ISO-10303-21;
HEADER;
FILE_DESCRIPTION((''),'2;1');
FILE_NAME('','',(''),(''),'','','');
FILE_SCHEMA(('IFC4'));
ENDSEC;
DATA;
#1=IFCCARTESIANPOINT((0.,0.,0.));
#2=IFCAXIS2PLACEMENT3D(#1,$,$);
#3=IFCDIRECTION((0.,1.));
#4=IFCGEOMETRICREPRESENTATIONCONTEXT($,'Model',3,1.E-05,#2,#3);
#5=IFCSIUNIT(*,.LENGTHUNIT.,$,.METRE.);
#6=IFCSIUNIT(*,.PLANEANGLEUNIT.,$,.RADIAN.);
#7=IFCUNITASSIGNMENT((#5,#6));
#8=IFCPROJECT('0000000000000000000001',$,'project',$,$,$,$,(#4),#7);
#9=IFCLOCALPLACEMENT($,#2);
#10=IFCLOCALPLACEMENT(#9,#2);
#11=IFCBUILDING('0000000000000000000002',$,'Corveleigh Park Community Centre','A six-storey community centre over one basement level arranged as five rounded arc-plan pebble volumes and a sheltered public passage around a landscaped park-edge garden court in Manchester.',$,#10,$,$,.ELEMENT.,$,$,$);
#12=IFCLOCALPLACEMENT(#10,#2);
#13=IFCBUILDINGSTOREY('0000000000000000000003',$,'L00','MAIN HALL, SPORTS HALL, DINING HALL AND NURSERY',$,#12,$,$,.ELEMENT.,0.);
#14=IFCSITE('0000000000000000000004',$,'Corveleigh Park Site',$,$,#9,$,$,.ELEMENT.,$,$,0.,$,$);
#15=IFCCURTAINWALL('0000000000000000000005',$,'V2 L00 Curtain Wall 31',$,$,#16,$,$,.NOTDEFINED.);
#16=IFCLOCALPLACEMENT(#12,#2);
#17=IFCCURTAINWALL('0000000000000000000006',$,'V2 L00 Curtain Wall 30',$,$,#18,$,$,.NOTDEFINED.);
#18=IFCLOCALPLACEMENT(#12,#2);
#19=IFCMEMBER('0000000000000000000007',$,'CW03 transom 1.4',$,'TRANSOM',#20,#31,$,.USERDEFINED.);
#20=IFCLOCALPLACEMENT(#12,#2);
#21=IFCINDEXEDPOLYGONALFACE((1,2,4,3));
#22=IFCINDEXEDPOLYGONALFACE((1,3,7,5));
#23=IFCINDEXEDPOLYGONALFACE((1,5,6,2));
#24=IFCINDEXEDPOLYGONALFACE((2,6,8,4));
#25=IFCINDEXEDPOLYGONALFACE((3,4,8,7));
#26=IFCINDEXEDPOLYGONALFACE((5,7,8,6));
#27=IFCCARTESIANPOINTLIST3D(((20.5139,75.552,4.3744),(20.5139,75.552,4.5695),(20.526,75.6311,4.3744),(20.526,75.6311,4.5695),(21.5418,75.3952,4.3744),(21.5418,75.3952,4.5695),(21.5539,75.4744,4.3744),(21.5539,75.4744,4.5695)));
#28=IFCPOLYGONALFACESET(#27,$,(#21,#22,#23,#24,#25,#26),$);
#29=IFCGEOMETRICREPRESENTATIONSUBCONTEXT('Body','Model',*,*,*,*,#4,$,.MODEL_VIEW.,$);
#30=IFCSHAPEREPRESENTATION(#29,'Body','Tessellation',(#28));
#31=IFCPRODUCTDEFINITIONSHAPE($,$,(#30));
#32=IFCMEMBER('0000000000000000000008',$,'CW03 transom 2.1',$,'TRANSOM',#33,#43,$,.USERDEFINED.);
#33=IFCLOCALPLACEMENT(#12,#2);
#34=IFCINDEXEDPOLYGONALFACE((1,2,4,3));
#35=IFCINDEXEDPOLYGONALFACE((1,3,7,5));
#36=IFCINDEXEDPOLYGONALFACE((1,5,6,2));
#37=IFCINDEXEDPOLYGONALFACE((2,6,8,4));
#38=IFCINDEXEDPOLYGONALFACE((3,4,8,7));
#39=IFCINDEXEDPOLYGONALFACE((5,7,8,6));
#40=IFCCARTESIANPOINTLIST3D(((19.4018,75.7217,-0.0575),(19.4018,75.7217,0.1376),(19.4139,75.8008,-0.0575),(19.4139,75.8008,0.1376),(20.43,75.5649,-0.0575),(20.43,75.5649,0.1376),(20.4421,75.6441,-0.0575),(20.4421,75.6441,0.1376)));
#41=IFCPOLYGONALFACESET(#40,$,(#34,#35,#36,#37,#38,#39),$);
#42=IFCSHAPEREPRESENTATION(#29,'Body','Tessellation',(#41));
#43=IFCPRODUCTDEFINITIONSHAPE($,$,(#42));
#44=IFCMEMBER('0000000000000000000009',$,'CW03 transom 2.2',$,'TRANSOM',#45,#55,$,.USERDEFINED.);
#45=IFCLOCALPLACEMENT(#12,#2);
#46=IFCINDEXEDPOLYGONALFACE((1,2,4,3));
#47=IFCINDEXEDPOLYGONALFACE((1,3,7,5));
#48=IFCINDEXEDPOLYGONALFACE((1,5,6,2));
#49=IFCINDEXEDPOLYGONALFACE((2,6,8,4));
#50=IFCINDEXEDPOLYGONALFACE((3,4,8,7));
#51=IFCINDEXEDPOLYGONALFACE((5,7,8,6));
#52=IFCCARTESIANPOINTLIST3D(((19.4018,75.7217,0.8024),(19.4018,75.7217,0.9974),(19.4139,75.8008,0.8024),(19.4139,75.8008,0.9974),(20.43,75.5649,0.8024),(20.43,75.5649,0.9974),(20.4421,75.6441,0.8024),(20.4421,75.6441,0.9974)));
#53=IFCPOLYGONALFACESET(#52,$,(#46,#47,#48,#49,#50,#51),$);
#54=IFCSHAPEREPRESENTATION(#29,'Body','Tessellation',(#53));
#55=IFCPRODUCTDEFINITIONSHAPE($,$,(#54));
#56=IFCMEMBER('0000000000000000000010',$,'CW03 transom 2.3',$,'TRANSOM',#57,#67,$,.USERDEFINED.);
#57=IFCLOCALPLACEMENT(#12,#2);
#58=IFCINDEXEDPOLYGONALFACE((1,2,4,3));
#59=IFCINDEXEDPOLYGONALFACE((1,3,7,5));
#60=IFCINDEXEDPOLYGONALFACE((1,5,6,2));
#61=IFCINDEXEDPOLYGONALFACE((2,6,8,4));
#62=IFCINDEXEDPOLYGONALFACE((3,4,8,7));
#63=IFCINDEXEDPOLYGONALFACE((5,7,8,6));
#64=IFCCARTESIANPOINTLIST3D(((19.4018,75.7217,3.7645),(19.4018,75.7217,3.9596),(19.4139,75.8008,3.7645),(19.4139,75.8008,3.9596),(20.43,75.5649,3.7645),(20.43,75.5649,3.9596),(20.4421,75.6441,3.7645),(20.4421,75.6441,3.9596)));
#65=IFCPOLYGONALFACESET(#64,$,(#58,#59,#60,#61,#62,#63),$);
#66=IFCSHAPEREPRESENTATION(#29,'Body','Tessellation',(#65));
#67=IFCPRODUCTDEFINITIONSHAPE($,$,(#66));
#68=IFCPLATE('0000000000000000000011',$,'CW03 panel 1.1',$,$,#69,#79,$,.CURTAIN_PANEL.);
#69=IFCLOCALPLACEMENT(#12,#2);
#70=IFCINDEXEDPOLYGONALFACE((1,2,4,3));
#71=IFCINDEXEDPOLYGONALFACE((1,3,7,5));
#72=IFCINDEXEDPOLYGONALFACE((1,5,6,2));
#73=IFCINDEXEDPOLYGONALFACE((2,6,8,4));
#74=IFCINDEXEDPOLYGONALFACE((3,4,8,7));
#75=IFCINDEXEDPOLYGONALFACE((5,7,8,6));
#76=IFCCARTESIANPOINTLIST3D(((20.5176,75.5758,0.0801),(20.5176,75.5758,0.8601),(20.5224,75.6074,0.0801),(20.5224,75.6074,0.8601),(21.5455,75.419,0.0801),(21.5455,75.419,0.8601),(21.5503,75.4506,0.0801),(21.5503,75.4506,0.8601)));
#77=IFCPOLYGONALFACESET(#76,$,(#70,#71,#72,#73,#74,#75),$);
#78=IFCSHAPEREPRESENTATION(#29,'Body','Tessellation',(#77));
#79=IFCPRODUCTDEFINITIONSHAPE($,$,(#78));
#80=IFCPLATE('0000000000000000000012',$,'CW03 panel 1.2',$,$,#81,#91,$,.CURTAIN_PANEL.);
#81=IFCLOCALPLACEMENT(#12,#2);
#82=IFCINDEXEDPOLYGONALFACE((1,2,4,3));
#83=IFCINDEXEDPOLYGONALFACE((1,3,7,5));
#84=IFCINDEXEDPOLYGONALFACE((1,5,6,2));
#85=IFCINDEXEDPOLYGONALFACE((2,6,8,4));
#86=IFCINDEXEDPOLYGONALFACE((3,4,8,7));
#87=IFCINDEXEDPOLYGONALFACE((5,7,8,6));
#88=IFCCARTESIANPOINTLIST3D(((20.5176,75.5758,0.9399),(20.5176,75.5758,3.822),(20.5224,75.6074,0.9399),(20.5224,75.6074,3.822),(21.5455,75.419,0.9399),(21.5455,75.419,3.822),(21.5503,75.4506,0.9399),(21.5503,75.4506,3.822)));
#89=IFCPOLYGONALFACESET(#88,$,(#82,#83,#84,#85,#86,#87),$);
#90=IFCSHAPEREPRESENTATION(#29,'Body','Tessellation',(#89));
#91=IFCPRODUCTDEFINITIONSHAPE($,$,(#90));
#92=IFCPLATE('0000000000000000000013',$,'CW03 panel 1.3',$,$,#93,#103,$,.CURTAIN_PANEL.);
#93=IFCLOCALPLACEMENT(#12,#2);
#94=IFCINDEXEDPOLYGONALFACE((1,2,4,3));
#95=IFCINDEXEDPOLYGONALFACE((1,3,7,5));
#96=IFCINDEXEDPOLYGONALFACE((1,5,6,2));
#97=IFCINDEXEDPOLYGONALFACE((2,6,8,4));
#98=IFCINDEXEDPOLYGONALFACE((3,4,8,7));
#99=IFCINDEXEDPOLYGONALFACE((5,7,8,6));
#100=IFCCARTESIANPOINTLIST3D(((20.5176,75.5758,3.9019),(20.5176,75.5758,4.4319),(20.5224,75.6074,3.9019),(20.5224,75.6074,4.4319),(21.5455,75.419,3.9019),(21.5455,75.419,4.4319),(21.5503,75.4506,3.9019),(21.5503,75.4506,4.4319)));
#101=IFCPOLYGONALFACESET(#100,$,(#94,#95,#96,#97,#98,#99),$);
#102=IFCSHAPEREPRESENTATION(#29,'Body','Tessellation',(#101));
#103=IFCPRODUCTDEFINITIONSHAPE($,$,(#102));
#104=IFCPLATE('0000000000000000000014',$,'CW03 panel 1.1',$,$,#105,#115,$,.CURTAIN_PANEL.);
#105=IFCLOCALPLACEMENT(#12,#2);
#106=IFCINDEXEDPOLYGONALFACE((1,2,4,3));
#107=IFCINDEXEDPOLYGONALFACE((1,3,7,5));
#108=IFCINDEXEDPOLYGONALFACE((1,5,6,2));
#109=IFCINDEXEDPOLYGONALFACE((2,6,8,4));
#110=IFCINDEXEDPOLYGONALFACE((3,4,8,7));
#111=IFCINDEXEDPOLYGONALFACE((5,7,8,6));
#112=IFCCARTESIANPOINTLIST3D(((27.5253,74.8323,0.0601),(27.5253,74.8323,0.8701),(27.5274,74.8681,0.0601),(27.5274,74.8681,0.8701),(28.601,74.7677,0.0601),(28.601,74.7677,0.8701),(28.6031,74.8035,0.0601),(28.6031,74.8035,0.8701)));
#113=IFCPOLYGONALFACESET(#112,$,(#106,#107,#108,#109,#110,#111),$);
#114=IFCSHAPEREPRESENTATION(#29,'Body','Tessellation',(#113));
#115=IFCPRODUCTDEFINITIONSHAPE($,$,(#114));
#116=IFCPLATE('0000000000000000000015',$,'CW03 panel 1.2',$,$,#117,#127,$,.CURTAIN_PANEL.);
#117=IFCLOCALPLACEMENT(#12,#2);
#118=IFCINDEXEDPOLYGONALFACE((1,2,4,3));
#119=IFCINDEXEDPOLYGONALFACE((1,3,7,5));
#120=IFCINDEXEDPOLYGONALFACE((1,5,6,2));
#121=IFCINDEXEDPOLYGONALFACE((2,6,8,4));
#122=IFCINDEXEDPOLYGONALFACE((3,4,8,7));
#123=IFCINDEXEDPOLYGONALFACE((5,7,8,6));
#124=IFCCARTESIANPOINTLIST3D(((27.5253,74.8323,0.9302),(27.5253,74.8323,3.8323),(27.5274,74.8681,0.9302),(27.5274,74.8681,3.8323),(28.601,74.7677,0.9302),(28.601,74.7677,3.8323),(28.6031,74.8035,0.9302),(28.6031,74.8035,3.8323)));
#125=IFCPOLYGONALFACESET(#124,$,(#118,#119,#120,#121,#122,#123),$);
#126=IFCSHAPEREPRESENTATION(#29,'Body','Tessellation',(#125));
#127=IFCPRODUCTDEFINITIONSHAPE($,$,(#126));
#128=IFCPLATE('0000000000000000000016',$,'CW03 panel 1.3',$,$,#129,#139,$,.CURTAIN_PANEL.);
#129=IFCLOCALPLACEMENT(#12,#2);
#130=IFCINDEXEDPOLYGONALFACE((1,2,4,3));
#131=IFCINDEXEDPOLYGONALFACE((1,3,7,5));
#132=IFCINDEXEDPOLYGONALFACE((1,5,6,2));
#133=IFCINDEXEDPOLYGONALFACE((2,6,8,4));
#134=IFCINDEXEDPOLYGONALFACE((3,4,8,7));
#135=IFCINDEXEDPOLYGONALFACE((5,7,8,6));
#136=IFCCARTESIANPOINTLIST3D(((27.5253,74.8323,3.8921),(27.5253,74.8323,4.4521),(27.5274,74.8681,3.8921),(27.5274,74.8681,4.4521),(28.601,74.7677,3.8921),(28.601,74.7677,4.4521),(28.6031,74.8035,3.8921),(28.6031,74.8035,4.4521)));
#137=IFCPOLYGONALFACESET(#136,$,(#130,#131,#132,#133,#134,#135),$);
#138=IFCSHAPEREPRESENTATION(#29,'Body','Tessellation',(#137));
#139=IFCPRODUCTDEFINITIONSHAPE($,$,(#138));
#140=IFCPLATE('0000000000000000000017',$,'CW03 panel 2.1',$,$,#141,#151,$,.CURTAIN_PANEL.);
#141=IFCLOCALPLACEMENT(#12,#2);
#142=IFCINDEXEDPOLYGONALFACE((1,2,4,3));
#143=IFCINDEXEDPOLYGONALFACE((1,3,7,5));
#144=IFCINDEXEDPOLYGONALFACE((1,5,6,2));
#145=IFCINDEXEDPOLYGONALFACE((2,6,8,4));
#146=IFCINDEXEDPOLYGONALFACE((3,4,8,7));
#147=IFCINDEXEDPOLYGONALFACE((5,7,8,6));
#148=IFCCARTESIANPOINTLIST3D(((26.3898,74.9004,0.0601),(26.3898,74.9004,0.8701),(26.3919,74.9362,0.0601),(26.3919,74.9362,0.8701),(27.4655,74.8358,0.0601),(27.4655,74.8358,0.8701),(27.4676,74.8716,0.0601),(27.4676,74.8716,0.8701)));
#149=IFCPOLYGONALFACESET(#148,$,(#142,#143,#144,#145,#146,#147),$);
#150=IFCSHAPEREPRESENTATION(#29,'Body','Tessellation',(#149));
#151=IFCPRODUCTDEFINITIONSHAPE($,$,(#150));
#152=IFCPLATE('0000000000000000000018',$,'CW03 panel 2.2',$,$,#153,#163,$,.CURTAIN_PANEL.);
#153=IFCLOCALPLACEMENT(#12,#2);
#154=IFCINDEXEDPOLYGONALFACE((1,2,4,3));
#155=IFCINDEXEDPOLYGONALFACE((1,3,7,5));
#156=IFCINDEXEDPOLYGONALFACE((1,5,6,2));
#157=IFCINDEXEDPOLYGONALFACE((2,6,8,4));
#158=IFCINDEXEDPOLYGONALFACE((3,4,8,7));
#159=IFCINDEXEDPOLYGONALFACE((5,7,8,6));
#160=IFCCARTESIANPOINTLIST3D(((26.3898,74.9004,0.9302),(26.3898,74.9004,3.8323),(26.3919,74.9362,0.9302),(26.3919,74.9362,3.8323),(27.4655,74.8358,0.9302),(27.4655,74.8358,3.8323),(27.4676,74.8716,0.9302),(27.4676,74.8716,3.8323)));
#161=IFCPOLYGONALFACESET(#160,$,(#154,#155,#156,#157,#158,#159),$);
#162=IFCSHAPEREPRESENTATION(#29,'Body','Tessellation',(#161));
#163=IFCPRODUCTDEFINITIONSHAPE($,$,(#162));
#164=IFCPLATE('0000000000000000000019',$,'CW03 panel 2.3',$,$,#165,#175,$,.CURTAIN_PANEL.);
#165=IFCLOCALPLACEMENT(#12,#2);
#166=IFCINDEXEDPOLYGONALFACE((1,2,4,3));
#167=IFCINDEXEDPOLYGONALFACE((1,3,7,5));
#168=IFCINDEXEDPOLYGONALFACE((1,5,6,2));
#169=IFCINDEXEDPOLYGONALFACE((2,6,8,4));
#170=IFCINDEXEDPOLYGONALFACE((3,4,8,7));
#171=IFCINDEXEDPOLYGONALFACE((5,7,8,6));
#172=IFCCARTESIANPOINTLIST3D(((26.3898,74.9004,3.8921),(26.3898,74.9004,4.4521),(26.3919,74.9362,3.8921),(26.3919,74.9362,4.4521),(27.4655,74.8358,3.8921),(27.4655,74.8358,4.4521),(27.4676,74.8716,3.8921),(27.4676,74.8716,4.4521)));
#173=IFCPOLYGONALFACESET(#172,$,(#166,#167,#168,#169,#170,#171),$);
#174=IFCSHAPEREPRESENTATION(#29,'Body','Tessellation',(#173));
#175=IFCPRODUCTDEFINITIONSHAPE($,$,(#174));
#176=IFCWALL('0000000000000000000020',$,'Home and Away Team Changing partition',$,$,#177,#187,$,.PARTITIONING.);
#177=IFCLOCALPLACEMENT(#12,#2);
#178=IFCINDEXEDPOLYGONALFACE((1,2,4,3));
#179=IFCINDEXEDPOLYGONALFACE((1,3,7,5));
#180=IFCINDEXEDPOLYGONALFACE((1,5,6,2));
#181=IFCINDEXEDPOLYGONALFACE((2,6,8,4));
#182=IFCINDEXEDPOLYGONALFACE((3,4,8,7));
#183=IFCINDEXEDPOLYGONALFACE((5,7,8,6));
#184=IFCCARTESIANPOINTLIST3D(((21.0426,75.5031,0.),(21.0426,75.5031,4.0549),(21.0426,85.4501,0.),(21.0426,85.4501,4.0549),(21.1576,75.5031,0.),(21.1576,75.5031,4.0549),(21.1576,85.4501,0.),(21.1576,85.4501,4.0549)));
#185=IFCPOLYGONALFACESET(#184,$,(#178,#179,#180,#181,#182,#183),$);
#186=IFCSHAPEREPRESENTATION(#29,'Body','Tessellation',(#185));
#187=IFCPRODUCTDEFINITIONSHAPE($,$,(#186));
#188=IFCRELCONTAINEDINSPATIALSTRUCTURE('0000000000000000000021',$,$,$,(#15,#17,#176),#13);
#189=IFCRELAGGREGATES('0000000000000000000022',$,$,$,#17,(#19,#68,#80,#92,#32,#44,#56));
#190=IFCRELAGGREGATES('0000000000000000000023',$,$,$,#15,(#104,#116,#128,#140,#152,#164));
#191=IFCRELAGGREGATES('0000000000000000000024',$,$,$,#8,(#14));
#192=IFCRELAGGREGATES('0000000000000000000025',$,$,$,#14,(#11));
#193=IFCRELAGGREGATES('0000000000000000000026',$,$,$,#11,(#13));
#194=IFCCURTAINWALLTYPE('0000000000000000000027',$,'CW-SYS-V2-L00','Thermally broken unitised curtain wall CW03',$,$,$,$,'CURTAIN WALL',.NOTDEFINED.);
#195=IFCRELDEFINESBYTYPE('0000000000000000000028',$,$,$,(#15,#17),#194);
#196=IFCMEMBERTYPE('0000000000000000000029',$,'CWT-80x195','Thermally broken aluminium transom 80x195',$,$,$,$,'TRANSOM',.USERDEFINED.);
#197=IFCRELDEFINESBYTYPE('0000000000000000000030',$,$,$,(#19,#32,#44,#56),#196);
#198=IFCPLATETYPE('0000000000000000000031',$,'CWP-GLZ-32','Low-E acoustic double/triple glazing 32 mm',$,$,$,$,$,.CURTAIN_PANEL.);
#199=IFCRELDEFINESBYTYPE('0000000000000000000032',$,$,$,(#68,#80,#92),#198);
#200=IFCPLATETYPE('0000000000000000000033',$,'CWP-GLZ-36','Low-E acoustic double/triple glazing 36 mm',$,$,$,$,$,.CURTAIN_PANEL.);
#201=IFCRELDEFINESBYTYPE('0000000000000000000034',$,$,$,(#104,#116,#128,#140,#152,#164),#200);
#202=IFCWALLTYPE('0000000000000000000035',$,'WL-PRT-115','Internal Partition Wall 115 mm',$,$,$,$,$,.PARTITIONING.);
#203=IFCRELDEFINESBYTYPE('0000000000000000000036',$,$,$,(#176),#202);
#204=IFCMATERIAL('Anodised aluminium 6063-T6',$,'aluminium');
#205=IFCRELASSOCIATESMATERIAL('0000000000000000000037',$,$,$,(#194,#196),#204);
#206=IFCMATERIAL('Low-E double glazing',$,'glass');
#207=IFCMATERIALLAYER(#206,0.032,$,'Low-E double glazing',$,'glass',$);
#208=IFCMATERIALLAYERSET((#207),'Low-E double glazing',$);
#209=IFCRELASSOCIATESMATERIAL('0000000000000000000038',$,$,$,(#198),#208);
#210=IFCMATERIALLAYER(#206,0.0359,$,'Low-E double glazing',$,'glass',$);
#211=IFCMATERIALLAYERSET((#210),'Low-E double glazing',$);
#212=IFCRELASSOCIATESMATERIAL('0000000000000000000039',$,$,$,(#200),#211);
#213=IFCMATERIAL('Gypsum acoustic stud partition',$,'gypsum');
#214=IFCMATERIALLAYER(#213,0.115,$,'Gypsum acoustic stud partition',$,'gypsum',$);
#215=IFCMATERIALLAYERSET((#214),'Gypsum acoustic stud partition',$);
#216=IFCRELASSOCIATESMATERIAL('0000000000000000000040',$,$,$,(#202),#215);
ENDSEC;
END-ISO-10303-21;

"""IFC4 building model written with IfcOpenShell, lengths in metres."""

from ifc_helpers import new_model, si_unit, direction, frame, frame_2d, origin, origin_2d, place, context, subcontext, project, spatial, rectangle, extrude, material, layer, layer_set, material_profile, profile_set, type_object, element, aggregate, save


model = new_model("IFC4")

# Units and contexts
model_context = context("Model", 3, precision=1e-05, world=origin(), true_north=direction((0.0, 1.0)))
body_context = subcontext(model_context, "Body", "Model", "MODEL_VIEW")
ifc_project = project(units=[si_unit("LENGTHUNIT", "METRE"), si_unit("PLANEANGLEUNIT", "RADIAN")], contexts=[model_context])

# Site, building, storey
site_placement = place(None, origin())
site = spatial("IfcSite", under=ifc_project, at=site_placement, Name="Corveleigh Park Site", CompositionType="ELEMENT", RefElevation=0.0)
building_placement = place(site_placement, origin())
building = spatial("IfcBuilding", under=site, at=building_placement, Name="Corveleigh Park Community Centre", Description="A six-storey community centre over one basement level arranged as five rounded arc-plan pebble volumes and a sheltered public passage around a landscaped park-edge garden court in Manchester.", CompositionType="ELEMENT")
storey_placement = place(building_placement, origin())
storey = spatial("IfcBuildingStorey", under=building, at=storey_placement, Name="L00", Description="MAIN HALL, SPORTS HALL, DINING HALL AND NURSERY", CompositionType="ELEMENT", Elevation=0.0)

# Curtain walls
ifc_material_1 = material(Name="Anodised aluminium 6063-T6", Category="aluminium")
curtain_wall_type = type_object("IfcCurtainWallType", Name="CW-SYS-V2-L00", Description="Thermally broken unitised curtain wall CW03", ElementType="CURTAIN WALL", PredefinedType="NOTDEFINED", material=ifc_material_1)
curtain_wall_1_placement = place(storey_placement, origin())
curtain_wall_1 = element("IfcCurtainWall", 1, at=curtain_wall_1_placement, inside=storey, type_object=curtain_wall_type, Name="V2 L00 Curtain Wall 31", PredefinedType="NOTDEFINED")
curtain_wall_2_placement = place(storey_placement, origin())
curtain_wall_2 = element("IfcCurtainWall", 2, at=curtain_wall_2_placement, inside=storey, type_object=curtain_wall_type, Name="V2 L00 Curtain Wall 30", PredefinedType="NOTDEFINED")

# Members
ifc_material_profile_1 = material_profile(ifc_material_1, rectangle(XDim=0.0801, YDim=0.1951, at=origin_2d()), Name="ALU-T80x195", Category="aluminium")
ifc_profile_set_1 = profile_set([ifc_material_profile_1], Name="Anodised aluminium 6063-T6")
member_type_1 = type_object("IfcMemberType", Name="CWT-80x195", Description="Thermally broken aluminium transom 80x195", ElementType="TRANSOM", PredefinedType="USERDEFINED", material=ifc_profile_set_1)
member_1_placement = place(storey_placement, frame((21.5479, 75.4348, 4.4719), z_axis=(-0.988572, 0.150751, 0.0), x_axis=(-0.150751, -0.988572, 0.0)))
member_1 = element("IfcMember", 3, at=member_1_placement, type_object=member_type_1, Name="CW03 transom 1.4", ObjectType="TRANSOM", PredefinedType="USERDEFINED", context=body_context, shape_type="SweptSolid", body=[
    extrude(rectangle(XDim=0.0801, YDim=0.1951, at=origin_2d()), origin(), (0.0, 0.0, 1.0), 1.0398),
])
member_2_placement = place(storey_placement, frame((20.436, 75.6045, 0.04), z_axis=(-0.988577, 0.150716, 0.0), x_axis=(-0.150716, -0.988577, 0.0)))
member_2 = element("IfcMember", 4, at=member_2_placement, type_object=member_type_1, Name="CW03 transom 2.1", ObjectType="TRANSOM", PredefinedType="USERDEFINED", context=body_context, shape_type="SweptSolid", body=[
    extrude(rectangle(XDim=0.0801, YDim=0.1951, at=origin_2d()), origin(), (0.0, 0.0, 1.0), 1.04),
])
member_3_placement = place(storey_placement, frame((20.436, 75.6045, 0.8999), z_axis=(-0.988577, 0.150716, 0.0), x_axis=(-0.150716, -0.988577, 0.0)))
member_3 = element("IfcMember", 5, at=member_3_placement, type_object=member_type_1, Name="CW03 transom 2.2", ObjectType="TRANSOM", PredefinedType="USERDEFINED", context=body_context, shape_type="SweptSolid", body=[
    extrude(rectangle(XDim=0.0801, YDim=0.1951, at=origin_2d()), origin(), (0.0, 0.0, 1.0), 1.04),
])
member_4_placement = place(storey_placement, frame((20.436, 75.6045, 3.8621), z_axis=(-0.988577, 0.150716, 0.0), x_axis=(-0.150716, -0.988577, 0.0)))
member_4 = element("IfcMember", 6, at=member_4_placement, type_object=member_type_1, Name="CW03 transom 2.3", ObjectType="TRANSOM", PredefinedType="USERDEFINED", context=body_context, shape_type="SweptSolid", body=[
    extrude(rectangle(XDim=0.0801, YDim=0.1951, at=origin_2d()), origin(), (0.0, 0.0, 1.0), 1.04),
])

# Plates
ifc_material_2 = material(Name="Low-E double glazing", Category="glass")
ifc_layer_1 = layer(ifc_material_2, 0.032, Name="Low-E double glazing", Category="glass")
ifc_layer_set_1 = layer_set([ifc_layer_1], Name="Low-E double glazing")
plate_type_1 = type_object("IfcPlateType", Name="CWP-GLZ-32", Description="Low-E acoustic double/triple glazing 32 mm", PredefinedType="CURTAIN_PANEL", material=ifc_layer_set_1)
plate_1_placement = place(storey_placement, frame((21.0339, 75.5132, 0.0801), z_axis=(0.0, 0.0, 1.0), x_axis=(-0.988569, 0.15077, 0.0)))
plate_1 = element("IfcPlate", 7, at=plate_1_placement, type_object=plate_type_1, Name="CW03 panel 1.1", PredefinedType="CURTAIN_PANEL", context=body_context, shape_type="SweptSolid", body=[
    extrude(rectangle(XDim=1.0398, YDim=0.032, at=origin_2d()), origin(), (0.0, 0.0, 1.0), 0.78),
])
plate_2_placement = place(storey_placement, frame((21.0339, 75.5132, 0.9399), z_axis=(0.0, 0.0, 1.0), x_axis=(-0.988569, 0.15077, 0.0)))
plate_2 = element("IfcPlate", 8, at=plate_2_placement, type_object=plate_type_1, Name="CW03 panel 1.2", PredefinedType="CURTAIN_PANEL", context=body_context, shape_type="SweptSolid", body=[
    extrude(rectangle(XDim=1.0398, YDim=0.032, at=origin_2d()), origin(), (0.0, 0.0, 1.0), 2.8821),
])
plate_3_placement = place(storey_placement, frame((21.0339, 75.5132, 3.9019), z_axis=(0.0, 0.0, 1.0), x_axis=(-0.988569, 0.15077, 0.0)))
plate_3 = element("IfcPlate", 9, at=plate_3_placement, type_object=plate_type_1, Name="CW03 panel 1.3", PredefinedType="CURTAIN_PANEL", context=body_context, shape_type="SweptSolid", body=[
    extrude(rectangle(XDim=1.0398, YDim=0.032, at=origin_2d()), origin(), (0.0, 0.0, 1.0), 0.53),
])
aggregate(curtain_wall_2, [member_1, plate_1, plate_2, plate_3, member_2, member_3, member_4])
ifc_layer_2 = layer(ifc_material_2, 0.0359, Name="Low-E double glazing", Category="glass")
ifc_layer_set_2 = layer_set([ifc_layer_2], Name="Low-E double glazing")
plate_type_2 = type_object("IfcPlateType", Name="CWP-GLZ-36", Description="Low-E acoustic double/triple glazing 36 mm", PredefinedType="CURTAIN_PANEL", material=ifc_layer_set_2)
plate_4_placement = place(storey_placement, frame((28.0642, 74.8179, 0.0601), z_axis=(0.0, 0.0, 1.0), x_axis=(-0.998201, 0.059952, 0.0)))
plate_4 = element("IfcPlate", 10, at=plate_4_placement, type_object=plate_type_2, Name="CW03 panel 1.1", PredefinedType="CURTAIN_PANEL", context=body_context, shape_type="SweptSolid", body=[
    extrude(rectangle(XDim=1.0776, YDim=0.0359, at=origin_2d()), origin(), (0.0, 0.0, 1.0), 0.8101),
])
plate_5_placement = place(storey_placement, frame((28.0642, 74.8179, 0.9302), z_axis=(0.0, 0.0, 1.0), x_axis=(-0.998201, 0.059952, 0.0)))
plate_5 = element("IfcPlate", 11, at=plate_5_placement, type_object=plate_type_2, Name="CW03 panel 1.2", PredefinedType="CURTAIN_PANEL", context=body_context, shape_type="SweptSolid", body=[
    extrude(rectangle(XDim=1.0776, YDim=0.0359, at=origin_2d()), origin(), (0.0, 0.0, 1.0), 2.9021),
])
plate_6_placement = place(storey_placement, frame((28.0642, 74.8179, 3.8921), z_axis=(0.0, 0.0, 1.0), x_axis=(-0.998201, 0.059952, 0.0)))
plate_6 = element("IfcPlate", 12, at=plate_6_placement, type_object=plate_type_2, Name="CW03 panel 1.3", PredefinedType="CURTAIN_PANEL", context=body_context, shape_type="SweptSolid", body=[
    extrude(rectangle(XDim=1.0776, YDim=0.0359, at=origin_2d()), origin(), (0.0, 0.0, 1.0), 0.5601),
])
plate_7_placement = place(storey_placement, frame((26.9287, 74.886, 0.0601), z_axis=(0.0, 0.0, 1.0), x_axis=(-0.998201, 0.059952, 0.0)))
plate_7 = element("IfcPlate", 13, at=plate_7_placement, type_object=plate_type_2, Name="CW03 panel 2.1", PredefinedType="CURTAIN_PANEL", context=body_context, shape_type="SweptSolid", body=[
    extrude(rectangle(XDim=1.0776, YDim=0.0359, at=origin_2d()), origin(), (0.0, 0.0, 1.0), 0.8101),
])
plate_8_placement = place(storey_placement, frame((26.9287, 74.886, 0.9302), z_axis=(0.0, 0.0, 1.0), x_axis=(-0.998201, 0.059952, 0.0)))
plate_8 = element("IfcPlate", 14, at=plate_8_placement, type_object=plate_type_2, Name="CW03 panel 2.2", PredefinedType="CURTAIN_PANEL", context=body_context, shape_type="SweptSolid", body=[
    extrude(rectangle(XDim=1.0776, YDim=0.0359, at=origin_2d()), origin(), (0.0, 0.0, 1.0), 2.9021),
])
plate_9_placement = place(storey_placement, frame((26.9287, 74.886, 3.8921), z_axis=(0.0, 0.0, 1.0), x_axis=(-0.998201, 0.059952, 0.0)))
plate_9 = element("IfcPlate", 15, at=plate_9_placement, type_object=plate_type_2, Name="CW03 panel 2.3", PredefinedType="CURTAIN_PANEL", context=body_context, shape_type="SweptSolid", body=[
    extrude(rectangle(XDim=1.0776, YDim=0.0359, at=origin_2d()), origin(), (0.0, 0.0, 1.0), 0.5601),
])
aggregate(curtain_wall_1, [plate_4, plate_5, plate_6, plate_7, plate_8, plate_9])

# Wall
ifc_material_3 = material(Name="Gypsum acoustic stud partition", Category="gypsum")
ifc_layer_3 = layer(ifc_material_3, 0.115, Name="Gypsum acoustic stud partition", Category="gypsum")
ifc_layer_set_3 = layer_set([ifc_layer_3], Name="Gypsum acoustic stud partition")
wall_type_1 = type_object("IfcWallType", Name="WL-PRT-115", Description="Internal Partition Wall 115 mm", PredefinedType="PARTITIONING", material=ifc_layer_set_3)
wall_1_placement = place(storey_placement, frame((21.1001, 75.5029, 0.0), z_axis=(0.0, 0.0, 1.0), x_axis=(0.0, 1.0, 0.0)))
element("IfcWall", 16, at=wall_1_placement, inside=storey, type_object=wall_type_1, Name="Home and Away Team Changing partition", PredefinedType="PARTITIONING", context=body_context, shape_type="SweptSolid", body=[
    extrude(rectangle(XDim=9.947, YDim=0.115, at=frame_2d((4.9736, 0.0))), origin(), (0.0, 0.0, 1.0), 4.0549),
])

save(model, "model.ifc")
